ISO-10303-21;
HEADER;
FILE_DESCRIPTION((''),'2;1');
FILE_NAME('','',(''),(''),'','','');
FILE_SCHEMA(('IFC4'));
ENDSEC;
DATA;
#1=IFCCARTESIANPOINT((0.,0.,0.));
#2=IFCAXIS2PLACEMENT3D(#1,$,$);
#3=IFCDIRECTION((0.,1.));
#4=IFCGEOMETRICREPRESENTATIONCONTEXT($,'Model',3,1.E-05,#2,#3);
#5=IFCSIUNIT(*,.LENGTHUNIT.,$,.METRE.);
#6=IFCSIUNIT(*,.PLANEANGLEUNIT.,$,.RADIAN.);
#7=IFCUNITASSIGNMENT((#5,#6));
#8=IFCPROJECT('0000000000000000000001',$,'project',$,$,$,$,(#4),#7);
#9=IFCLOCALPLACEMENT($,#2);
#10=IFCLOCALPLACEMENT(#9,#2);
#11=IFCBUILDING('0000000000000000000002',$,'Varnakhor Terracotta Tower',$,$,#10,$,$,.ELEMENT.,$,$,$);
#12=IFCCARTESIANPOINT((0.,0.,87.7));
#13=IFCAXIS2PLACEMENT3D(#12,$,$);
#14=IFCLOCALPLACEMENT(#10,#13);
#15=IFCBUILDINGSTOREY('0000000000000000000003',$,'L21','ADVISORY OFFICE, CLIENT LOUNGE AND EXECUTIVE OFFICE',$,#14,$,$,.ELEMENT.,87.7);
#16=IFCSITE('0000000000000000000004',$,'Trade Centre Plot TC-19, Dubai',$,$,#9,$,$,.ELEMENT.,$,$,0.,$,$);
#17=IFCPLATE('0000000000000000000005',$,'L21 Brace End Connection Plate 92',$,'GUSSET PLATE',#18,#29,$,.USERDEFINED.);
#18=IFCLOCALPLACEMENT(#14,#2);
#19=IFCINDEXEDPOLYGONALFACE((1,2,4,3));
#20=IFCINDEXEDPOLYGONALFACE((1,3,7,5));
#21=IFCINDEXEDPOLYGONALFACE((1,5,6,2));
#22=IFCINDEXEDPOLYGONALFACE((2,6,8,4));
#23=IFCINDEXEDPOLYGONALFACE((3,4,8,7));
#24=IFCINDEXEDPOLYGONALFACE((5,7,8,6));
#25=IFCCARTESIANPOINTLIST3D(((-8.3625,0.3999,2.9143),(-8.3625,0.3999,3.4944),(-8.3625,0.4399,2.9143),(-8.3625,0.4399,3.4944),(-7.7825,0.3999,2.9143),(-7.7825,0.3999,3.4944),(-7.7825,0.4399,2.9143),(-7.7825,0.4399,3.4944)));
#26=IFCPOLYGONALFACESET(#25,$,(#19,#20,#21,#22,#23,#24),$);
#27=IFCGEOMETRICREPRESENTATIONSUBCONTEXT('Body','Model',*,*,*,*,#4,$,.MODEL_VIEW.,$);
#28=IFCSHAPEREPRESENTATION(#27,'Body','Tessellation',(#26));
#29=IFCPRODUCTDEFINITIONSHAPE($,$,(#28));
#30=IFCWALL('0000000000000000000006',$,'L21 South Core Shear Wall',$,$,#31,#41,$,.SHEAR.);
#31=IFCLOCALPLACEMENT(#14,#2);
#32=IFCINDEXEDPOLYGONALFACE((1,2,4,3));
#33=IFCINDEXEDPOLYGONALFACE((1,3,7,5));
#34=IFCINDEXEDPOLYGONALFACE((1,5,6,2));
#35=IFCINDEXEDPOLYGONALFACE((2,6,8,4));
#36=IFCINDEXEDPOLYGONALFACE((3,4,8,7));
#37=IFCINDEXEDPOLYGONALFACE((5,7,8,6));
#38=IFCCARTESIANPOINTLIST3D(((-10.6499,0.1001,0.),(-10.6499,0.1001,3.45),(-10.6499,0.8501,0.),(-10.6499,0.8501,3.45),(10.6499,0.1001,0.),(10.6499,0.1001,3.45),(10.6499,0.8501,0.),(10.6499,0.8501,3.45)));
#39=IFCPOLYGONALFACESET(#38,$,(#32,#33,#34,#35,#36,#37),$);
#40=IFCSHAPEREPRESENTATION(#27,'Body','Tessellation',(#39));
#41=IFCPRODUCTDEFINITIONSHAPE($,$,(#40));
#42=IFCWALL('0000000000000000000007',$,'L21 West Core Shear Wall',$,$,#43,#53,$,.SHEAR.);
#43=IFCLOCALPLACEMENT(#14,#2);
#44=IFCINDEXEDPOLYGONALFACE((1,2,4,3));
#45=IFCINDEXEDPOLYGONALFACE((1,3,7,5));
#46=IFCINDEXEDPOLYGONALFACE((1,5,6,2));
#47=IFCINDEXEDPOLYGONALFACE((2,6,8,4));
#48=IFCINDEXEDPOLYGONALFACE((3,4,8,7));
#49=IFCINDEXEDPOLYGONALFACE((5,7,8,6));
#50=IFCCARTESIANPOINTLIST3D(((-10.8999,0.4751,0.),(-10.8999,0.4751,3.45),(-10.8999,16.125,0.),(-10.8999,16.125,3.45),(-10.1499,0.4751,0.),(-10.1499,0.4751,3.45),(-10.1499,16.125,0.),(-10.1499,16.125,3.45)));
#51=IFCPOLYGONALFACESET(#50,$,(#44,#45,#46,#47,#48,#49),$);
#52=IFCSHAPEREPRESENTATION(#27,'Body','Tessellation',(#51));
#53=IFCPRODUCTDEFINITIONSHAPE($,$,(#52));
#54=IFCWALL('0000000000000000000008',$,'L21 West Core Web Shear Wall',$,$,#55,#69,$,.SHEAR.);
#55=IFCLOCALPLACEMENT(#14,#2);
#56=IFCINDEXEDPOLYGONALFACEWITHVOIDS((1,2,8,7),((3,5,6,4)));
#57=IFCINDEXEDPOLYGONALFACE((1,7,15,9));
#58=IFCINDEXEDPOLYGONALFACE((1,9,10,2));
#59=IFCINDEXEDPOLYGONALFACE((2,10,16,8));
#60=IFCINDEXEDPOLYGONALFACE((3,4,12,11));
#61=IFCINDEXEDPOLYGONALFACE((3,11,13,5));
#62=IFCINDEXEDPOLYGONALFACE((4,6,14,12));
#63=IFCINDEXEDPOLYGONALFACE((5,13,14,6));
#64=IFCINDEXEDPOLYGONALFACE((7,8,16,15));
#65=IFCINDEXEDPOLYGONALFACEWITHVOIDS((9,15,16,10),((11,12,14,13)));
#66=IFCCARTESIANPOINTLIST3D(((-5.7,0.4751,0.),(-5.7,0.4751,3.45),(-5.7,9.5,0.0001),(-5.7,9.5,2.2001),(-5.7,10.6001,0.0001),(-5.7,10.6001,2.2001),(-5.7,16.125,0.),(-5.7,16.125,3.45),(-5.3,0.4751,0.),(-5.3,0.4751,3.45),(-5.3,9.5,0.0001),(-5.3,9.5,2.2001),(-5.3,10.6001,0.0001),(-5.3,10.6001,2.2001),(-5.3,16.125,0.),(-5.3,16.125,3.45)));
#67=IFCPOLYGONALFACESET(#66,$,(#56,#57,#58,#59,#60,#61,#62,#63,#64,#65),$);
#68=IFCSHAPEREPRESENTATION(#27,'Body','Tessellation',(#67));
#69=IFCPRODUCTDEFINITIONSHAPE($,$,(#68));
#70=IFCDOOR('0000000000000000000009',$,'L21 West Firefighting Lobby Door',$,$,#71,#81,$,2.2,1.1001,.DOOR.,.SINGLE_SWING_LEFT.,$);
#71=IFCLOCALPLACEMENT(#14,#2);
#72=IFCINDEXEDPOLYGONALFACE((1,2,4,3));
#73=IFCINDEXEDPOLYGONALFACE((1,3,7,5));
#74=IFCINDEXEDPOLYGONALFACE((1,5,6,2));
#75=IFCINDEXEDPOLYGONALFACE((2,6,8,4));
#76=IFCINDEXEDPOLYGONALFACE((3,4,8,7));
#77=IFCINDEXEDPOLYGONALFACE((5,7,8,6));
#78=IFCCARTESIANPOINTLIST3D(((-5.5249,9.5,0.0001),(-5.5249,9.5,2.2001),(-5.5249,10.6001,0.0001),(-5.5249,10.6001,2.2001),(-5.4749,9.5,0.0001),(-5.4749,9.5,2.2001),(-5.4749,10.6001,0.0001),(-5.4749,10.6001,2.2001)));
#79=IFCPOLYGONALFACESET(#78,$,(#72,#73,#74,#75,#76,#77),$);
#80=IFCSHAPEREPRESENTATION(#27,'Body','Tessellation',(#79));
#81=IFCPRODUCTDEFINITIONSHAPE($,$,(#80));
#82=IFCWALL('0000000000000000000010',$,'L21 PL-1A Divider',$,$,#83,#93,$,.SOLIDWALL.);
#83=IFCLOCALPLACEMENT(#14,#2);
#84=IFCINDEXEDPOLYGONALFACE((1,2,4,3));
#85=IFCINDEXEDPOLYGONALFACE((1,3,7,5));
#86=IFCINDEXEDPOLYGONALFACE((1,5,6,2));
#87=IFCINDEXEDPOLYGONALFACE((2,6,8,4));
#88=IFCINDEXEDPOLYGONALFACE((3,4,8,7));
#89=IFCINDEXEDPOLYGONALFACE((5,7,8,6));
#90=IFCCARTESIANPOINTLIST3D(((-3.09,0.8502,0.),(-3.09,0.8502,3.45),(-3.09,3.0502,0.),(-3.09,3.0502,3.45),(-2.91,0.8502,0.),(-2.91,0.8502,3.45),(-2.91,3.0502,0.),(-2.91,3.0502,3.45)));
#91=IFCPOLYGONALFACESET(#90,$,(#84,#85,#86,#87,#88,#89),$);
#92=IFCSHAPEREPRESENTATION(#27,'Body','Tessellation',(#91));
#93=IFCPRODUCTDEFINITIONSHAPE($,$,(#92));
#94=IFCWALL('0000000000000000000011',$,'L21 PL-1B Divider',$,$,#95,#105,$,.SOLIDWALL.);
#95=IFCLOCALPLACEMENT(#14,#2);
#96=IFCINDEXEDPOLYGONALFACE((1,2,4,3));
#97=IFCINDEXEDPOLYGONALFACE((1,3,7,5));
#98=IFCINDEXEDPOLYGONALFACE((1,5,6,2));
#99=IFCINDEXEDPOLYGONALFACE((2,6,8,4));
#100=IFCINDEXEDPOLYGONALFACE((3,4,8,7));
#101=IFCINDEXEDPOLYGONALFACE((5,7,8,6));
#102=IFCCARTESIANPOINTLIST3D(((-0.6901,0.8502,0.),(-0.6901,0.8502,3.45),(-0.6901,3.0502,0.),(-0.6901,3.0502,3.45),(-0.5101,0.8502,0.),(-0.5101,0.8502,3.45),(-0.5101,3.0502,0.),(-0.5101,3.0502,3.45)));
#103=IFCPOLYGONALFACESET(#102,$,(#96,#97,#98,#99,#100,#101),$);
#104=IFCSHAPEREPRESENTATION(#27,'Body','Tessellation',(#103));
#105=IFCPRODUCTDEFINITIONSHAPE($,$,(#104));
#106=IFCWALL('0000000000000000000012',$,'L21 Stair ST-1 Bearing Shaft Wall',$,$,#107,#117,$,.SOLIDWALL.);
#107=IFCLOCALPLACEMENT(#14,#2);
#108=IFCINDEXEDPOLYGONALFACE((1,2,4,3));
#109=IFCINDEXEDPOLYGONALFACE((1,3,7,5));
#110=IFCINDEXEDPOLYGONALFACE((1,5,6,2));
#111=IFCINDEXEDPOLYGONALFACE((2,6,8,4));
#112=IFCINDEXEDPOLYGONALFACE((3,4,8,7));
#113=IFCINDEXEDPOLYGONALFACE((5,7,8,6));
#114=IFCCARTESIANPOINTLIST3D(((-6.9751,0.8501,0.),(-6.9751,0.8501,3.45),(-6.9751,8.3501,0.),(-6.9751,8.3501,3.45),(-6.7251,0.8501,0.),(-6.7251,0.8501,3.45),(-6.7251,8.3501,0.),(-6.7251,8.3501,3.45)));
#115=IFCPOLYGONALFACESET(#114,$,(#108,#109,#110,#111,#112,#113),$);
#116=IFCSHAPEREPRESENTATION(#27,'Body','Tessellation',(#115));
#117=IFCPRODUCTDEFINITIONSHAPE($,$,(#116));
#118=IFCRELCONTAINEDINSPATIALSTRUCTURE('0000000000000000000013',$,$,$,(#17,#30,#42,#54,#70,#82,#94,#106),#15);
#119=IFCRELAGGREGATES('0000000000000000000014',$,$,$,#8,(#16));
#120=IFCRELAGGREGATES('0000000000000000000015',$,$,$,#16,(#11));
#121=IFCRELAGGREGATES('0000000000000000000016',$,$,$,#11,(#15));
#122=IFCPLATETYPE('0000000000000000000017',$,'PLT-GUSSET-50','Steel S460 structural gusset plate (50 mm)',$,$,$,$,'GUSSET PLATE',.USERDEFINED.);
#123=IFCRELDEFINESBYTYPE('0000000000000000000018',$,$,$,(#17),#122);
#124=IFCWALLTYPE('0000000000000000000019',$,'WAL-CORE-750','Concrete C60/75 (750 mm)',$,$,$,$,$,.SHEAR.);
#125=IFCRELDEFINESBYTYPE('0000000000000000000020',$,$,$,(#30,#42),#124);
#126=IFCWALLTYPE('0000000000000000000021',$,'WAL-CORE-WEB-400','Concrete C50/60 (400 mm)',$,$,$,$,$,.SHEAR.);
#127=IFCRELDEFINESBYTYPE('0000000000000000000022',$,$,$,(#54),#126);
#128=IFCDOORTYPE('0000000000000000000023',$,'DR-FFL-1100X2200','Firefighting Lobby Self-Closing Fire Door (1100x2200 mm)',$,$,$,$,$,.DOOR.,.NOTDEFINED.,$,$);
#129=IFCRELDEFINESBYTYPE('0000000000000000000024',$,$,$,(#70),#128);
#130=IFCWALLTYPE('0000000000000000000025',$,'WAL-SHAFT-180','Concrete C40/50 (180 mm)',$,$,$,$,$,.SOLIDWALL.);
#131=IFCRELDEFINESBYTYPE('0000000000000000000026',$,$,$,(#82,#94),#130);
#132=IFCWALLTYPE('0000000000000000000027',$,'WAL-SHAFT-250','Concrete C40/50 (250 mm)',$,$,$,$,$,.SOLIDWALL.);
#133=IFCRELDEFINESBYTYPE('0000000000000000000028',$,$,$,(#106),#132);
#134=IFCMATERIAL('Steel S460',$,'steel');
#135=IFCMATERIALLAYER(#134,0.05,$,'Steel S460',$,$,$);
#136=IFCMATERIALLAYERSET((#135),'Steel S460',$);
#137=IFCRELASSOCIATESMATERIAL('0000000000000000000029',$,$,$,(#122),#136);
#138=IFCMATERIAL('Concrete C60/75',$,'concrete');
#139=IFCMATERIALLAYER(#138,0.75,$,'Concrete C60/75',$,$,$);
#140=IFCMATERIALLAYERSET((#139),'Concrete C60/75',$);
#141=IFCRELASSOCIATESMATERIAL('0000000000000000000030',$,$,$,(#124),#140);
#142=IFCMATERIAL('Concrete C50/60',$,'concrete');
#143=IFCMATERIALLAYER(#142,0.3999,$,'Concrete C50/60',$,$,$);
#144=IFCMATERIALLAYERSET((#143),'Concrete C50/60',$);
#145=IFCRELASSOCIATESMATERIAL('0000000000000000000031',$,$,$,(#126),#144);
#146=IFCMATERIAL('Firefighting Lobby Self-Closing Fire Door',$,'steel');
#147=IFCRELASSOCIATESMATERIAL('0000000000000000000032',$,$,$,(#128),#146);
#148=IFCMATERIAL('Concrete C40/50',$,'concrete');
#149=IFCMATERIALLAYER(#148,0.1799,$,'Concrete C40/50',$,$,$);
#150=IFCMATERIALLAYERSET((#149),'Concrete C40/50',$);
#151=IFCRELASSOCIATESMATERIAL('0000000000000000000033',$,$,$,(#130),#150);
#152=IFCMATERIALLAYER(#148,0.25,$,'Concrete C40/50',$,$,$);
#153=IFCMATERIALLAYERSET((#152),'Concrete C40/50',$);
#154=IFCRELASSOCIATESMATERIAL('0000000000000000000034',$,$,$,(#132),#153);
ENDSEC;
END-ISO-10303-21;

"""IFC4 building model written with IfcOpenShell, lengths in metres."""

from ifc_helpers import new_model, si_unit, direction, frame, frame_2d, origin, origin_2d, place, context, subcontext, project, spatial, rectangle, extrude, source, transform, mapped, material, layer, layer_set, type_object, type_shapes, element, fill, save


model = new_model("IFC4")

# Units and contexts
model_context = context("Model", 3, precision=1e-05, world=origin(), true_north=direction((0.0, 1.0)))
body_context = subcontext(model_context, "Body", "Model", "MODEL_VIEW")
ifc_project = project(units=[si_unit("LENGTHUNIT", "METRE"), si_unit("PLANEANGLEUNIT", "RADIAN")], contexts=[model_context])

# Site, building, storey
site_placement = place(None, origin())
site = spatial("IfcSite", under=ifc_project, at=site_placement, Name="Trade Centre Plot TC-19, Dubai", CompositionType="ELEMENT", RefElevation=0.0)
building_placement = place(site_placement, origin())
building = spatial("IfcBuilding", under=site, at=building_placement, Name="Varnakhor Terracotta Tower", CompositionType="ELEMENT")
storey_placement = place(building_placement, frame((0.0, 0.0, 87.7)))
storey = spatial("IfcBuildingStorey", under=building, at=storey_placement, Name="L21", Description="ADVISORY OFFICE, CLIENT LOUNGE AND EXECUTIVE OFFICE", CompositionType="ELEMENT", Elevation=87.7)

# Shared definitions
ifc_material_1 = material(Name="Concrete C50/60", Category="concrete")

# Shared definitions
ifc_material_2 = material(Name="Steel S460", Category="steel")

# Plate
ifc_layer_1 = layer(ifc_material_2, 0.05, Name="Steel S460")
ifc_layer_set_1 = layer_set([ifc_layer_1], Name="Steel S460")
plate_type = type_object("IfcPlateType", Name="PLT-GUSSET-50", Description="Steel S460 structural gusset plate (50 mm)", ElementType="GUSSET PLATE", PredefinedType="USERDEFINED", material=ifc_layer_set_1)
shared_shape_1 = source(origin(), body_context, "Body", "SweptSolid", [
    extrude(rectangle(XDim=0.5801, YDim=0.04, at=origin_2d()), origin(), (0.0, 0.0, 1.0), 0.5801),
])
plate_placement = place(storey_placement, frame((-8.0725, 0.4199, 2.9143), z_axis=(0.0, 0.0, 1.0), x_axis=(1.0, 0.0, 0.0)))
element("IfcPlate", 1, at=plate_placement, inside=storey, type_object=plate_type, Name="L21 Brace End Connection Plate 92", ObjectType="GUSSET PLATE", PredefinedType="USERDEFINED", context=body_context, shape_type="MappedRepresentation", body=[
    mapped(shared_shape_1, transform((0.0, 0.0, 0.0), scale=1.0)),
])

# Walls
ifc_material_3 = material(Name="Concrete C60/75", Category="concrete")
ifc_layer_2 = layer(ifc_material_3, 0.75, Name="Concrete C60/75")
ifc_layer_set_2 = layer_set([ifc_layer_2], Name="Concrete C60/75")
wall_type_1 = type_object("IfcWallType", Name="WAL-CORE-750", Description="Concrete C60/75 (750 mm)", PredefinedType="SHEAR", material=ifc_layer_set_2)
wall_1_placement = place(storey_placement, frame((-10.6499, 0.4751, 0.0), z_axis=(0.0, 0.0, 1.0), x_axis=(1.0, 0.0, 0.0)))
element("IfcWall", 2, at=wall_1_placement, inside=storey, type_object=wall_type_1, Name="L21 South Core Shear Wall", PredefinedType="SHEAR", context=body_context, shape_type="SweptSolid", body=[
    extrude(rectangle(XDim=21.2998, YDim=0.75, at=frame_2d((10.6499, 0.0))), origin(), (0.0, 0.0, 1.0), 3.45),
])
wall_2_placement = place(storey_placement, frame((-10.5249, 0.4751, 0.0), z_axis=(0.0, 0.0, 1.0), x_axis=(0.0, 1.0, 0.0)))
element("IfcWall", 3, at=wall_2_placement, inside=storey, type_object=wall_type_1, Name="L21 West Core Shear Wall", PredefinedType="SHEAR", context=body_context, shape_type="SweptSolid", body=[
    extrude(rectangle(XDim=15.6499, YDim=0.75, at=frame_2d((7.825, 0.0))), origin(), (0.0, 0.0, 1.0), 3.45),
])

# Wall, opening, door
ifc_layer_3 = layer(ifc_material_1, 0.3999, Name="Concrete C50/60")
ifc_layer_set_3 = layer_set([ifc_layer_3], Name="Concrete C50/60")
wall_type_2 = type_object("IfcWallType", Name="WAL-CORE-WEB-400", Description="Concrete C50/60 (400 mm)", PredefinedType="SHEAR", material=ifc_layer_set_3)
wall_3_placement = place(storey_placement, frame((-5.5, 0.4751, 0.0), z_axis=(0.0, 0.0, 1.0), x_axis=(0.0, 1.0, 0.0)))
wall_3 = element("IfcWall", 4, at=wall_3_placement, inside=storey, type_object=wall_type_2, Name="L21 West Core Web Shear Wall", PredefinedType="SHEAR", context=body_context, shape_type="SweptSolid", body=[
    extrude(rectangle(XDim=15.6499, YDim=0.3999, at=frame_2d((7.825, 0.0))), origin(), (0.0, 0.0, 1.0), 3.45),
])
opening_placement = place(wall_3_placement, frame((9.0249, 0.0, 0.0)))
opening = element("IfcOpeningElement", 5, at=opening_placement, cuts=wall_3, PredefinedType="OPENING", context=body_context, shape_type="SweptSolid", body=[
    extrude(rectangle(XDim=1.1001, YDim=2.2, at=frame_2d((0.55, 1.1001))), frame((0.0, 0.21, 0.0), z_axis=(0.0, -1.0, 0.0), x_axis=(1.0, 0.0, 0.0)), (0.0, 0.0, 1.0), 0.4199),
])
ifc_material_4 = material(Name="Firefighting Lobby Self-Closing Fire Door", Category="steel")
door_type = type_object("IfcDoorType", Name="DR-FFL-1100X2200", Description="Firefighting Lobby Self-Closing Fire Door (1100x2200 mm)", OperationType="NOTDEFINED", PredefinedType="DOOR", material=ifc_material_4)
shared_shape_2 = source(origin(), body_context, "Body", "SweptSolid", [
    extrude(rectangle(XDim=1.1001, YDim=2.2, at=frame_2d((0.55, 1.1001))), frame((0.0, 0.0249, 0.0), z_axis=(0.0, -1.0, 0.0), x_axis=(1.0, 0.0, 0.0)), (0.0, 0.0, 1.0), 0.05),
])
type_shapes(door_type, [shared_shape_2])
door_placement = place(opening_placement, origin())
door = element("IfcDoor", 6, at=door_placement, inside=storey, type_object=door_type, Name="L21 West Firefighting Lobby Door", OperationType="SINGLE_SWING_LEFT", OverallHeight=2.2, OverallWidth=1.1001, PredefinedType="DOOR", context=body_context, shape_type="MappedRepresentation", body=[
    mapped(shared_shape_2, transform((0.0, 0.0, 0.0), scale=1.0)),
])
fill(opening, door)

# Walls
ifc_material_5 = material(Name="Concrete C40/50", Category="concrete")
ifc_layer_4 = layer(ifc_material_5, 0.1799, Name="Concrete C40/50")
ifc_layer_set_4 = layer_set([ifc_layer_4], Name="Concrete C40/50")
wall_type_3 = type_object("IfcWallType", Name="WAL-SHAFT-180", Description="Concrete C40/50 (180 mm)", PredefinedType="SOLIDWALL", material=ifc_layer_set_4)
for number, where, z_axis, x_axis, name in (
    (7, (-3.0, 0.8501, 0.0), (0.0, 0.0, 1.0), (0.0, 1.0, 0.0), "L21 PL-1A Divider"),
    (8, (-0.6001, 0.8501, 0.0), (0.0, 0.0, 1.0), (0.0, 1.0, 0.0), "L21 PL-1B Divider"),
):
    element("IfcWall", number, at=place(storey_placement, frame(where, z_axis=z_axis, x_axis=x_axis)), inside=storey, type_object=wall_type_3, Name=name, PredefinedType="SOLIDWALL", context=body_context, shape_type="SweptSolid", body=[
        extrude(rectangle(XDim=2.2, YDim=0.1799, at=frame_2d((1.1001, 0.0))), origin(), (0.0, 0.0, 1.0), 3.45),
    ])
ifc_layer_5 = layer(ifc_material_5, 0.25, Name="Concrete C40/50")
ifc_layer_set_5 = layer_set([ifc_layer_5], Name="Concrete C40/50")
wall_type_4 = type_object("IfcWallType", Name="WAL-SHAFT-250", Description="Concrete C40/50 (250 mm)", PredefinedType="SOLIDWALL", material=ifc_layer_set_5)
wall_4_placement = place(storey_placement, frame((-6.8501, 0.8501, 0.0), z_axis=(0.0, 0.0, 1.0), x_axis=(0.0, 1.0, 0.0)))
element("IfcWall", 9, at=wall_4_placement, inside=storey, type_object=wall_type_4, Name="L21 Stair ST-1 Bearing Shaft Wall", PredefinedType="SOLIDWALL", context=body_context, shape_type="SweptSolid", body=[
    extrude(rectangle(XDim=7.5, YDim=0.25, at=frame_2d((3.75, 0.0))), origin(), (0.0, 0.0, 1.0), 3.45),
])

save(model, "model.ifc")
